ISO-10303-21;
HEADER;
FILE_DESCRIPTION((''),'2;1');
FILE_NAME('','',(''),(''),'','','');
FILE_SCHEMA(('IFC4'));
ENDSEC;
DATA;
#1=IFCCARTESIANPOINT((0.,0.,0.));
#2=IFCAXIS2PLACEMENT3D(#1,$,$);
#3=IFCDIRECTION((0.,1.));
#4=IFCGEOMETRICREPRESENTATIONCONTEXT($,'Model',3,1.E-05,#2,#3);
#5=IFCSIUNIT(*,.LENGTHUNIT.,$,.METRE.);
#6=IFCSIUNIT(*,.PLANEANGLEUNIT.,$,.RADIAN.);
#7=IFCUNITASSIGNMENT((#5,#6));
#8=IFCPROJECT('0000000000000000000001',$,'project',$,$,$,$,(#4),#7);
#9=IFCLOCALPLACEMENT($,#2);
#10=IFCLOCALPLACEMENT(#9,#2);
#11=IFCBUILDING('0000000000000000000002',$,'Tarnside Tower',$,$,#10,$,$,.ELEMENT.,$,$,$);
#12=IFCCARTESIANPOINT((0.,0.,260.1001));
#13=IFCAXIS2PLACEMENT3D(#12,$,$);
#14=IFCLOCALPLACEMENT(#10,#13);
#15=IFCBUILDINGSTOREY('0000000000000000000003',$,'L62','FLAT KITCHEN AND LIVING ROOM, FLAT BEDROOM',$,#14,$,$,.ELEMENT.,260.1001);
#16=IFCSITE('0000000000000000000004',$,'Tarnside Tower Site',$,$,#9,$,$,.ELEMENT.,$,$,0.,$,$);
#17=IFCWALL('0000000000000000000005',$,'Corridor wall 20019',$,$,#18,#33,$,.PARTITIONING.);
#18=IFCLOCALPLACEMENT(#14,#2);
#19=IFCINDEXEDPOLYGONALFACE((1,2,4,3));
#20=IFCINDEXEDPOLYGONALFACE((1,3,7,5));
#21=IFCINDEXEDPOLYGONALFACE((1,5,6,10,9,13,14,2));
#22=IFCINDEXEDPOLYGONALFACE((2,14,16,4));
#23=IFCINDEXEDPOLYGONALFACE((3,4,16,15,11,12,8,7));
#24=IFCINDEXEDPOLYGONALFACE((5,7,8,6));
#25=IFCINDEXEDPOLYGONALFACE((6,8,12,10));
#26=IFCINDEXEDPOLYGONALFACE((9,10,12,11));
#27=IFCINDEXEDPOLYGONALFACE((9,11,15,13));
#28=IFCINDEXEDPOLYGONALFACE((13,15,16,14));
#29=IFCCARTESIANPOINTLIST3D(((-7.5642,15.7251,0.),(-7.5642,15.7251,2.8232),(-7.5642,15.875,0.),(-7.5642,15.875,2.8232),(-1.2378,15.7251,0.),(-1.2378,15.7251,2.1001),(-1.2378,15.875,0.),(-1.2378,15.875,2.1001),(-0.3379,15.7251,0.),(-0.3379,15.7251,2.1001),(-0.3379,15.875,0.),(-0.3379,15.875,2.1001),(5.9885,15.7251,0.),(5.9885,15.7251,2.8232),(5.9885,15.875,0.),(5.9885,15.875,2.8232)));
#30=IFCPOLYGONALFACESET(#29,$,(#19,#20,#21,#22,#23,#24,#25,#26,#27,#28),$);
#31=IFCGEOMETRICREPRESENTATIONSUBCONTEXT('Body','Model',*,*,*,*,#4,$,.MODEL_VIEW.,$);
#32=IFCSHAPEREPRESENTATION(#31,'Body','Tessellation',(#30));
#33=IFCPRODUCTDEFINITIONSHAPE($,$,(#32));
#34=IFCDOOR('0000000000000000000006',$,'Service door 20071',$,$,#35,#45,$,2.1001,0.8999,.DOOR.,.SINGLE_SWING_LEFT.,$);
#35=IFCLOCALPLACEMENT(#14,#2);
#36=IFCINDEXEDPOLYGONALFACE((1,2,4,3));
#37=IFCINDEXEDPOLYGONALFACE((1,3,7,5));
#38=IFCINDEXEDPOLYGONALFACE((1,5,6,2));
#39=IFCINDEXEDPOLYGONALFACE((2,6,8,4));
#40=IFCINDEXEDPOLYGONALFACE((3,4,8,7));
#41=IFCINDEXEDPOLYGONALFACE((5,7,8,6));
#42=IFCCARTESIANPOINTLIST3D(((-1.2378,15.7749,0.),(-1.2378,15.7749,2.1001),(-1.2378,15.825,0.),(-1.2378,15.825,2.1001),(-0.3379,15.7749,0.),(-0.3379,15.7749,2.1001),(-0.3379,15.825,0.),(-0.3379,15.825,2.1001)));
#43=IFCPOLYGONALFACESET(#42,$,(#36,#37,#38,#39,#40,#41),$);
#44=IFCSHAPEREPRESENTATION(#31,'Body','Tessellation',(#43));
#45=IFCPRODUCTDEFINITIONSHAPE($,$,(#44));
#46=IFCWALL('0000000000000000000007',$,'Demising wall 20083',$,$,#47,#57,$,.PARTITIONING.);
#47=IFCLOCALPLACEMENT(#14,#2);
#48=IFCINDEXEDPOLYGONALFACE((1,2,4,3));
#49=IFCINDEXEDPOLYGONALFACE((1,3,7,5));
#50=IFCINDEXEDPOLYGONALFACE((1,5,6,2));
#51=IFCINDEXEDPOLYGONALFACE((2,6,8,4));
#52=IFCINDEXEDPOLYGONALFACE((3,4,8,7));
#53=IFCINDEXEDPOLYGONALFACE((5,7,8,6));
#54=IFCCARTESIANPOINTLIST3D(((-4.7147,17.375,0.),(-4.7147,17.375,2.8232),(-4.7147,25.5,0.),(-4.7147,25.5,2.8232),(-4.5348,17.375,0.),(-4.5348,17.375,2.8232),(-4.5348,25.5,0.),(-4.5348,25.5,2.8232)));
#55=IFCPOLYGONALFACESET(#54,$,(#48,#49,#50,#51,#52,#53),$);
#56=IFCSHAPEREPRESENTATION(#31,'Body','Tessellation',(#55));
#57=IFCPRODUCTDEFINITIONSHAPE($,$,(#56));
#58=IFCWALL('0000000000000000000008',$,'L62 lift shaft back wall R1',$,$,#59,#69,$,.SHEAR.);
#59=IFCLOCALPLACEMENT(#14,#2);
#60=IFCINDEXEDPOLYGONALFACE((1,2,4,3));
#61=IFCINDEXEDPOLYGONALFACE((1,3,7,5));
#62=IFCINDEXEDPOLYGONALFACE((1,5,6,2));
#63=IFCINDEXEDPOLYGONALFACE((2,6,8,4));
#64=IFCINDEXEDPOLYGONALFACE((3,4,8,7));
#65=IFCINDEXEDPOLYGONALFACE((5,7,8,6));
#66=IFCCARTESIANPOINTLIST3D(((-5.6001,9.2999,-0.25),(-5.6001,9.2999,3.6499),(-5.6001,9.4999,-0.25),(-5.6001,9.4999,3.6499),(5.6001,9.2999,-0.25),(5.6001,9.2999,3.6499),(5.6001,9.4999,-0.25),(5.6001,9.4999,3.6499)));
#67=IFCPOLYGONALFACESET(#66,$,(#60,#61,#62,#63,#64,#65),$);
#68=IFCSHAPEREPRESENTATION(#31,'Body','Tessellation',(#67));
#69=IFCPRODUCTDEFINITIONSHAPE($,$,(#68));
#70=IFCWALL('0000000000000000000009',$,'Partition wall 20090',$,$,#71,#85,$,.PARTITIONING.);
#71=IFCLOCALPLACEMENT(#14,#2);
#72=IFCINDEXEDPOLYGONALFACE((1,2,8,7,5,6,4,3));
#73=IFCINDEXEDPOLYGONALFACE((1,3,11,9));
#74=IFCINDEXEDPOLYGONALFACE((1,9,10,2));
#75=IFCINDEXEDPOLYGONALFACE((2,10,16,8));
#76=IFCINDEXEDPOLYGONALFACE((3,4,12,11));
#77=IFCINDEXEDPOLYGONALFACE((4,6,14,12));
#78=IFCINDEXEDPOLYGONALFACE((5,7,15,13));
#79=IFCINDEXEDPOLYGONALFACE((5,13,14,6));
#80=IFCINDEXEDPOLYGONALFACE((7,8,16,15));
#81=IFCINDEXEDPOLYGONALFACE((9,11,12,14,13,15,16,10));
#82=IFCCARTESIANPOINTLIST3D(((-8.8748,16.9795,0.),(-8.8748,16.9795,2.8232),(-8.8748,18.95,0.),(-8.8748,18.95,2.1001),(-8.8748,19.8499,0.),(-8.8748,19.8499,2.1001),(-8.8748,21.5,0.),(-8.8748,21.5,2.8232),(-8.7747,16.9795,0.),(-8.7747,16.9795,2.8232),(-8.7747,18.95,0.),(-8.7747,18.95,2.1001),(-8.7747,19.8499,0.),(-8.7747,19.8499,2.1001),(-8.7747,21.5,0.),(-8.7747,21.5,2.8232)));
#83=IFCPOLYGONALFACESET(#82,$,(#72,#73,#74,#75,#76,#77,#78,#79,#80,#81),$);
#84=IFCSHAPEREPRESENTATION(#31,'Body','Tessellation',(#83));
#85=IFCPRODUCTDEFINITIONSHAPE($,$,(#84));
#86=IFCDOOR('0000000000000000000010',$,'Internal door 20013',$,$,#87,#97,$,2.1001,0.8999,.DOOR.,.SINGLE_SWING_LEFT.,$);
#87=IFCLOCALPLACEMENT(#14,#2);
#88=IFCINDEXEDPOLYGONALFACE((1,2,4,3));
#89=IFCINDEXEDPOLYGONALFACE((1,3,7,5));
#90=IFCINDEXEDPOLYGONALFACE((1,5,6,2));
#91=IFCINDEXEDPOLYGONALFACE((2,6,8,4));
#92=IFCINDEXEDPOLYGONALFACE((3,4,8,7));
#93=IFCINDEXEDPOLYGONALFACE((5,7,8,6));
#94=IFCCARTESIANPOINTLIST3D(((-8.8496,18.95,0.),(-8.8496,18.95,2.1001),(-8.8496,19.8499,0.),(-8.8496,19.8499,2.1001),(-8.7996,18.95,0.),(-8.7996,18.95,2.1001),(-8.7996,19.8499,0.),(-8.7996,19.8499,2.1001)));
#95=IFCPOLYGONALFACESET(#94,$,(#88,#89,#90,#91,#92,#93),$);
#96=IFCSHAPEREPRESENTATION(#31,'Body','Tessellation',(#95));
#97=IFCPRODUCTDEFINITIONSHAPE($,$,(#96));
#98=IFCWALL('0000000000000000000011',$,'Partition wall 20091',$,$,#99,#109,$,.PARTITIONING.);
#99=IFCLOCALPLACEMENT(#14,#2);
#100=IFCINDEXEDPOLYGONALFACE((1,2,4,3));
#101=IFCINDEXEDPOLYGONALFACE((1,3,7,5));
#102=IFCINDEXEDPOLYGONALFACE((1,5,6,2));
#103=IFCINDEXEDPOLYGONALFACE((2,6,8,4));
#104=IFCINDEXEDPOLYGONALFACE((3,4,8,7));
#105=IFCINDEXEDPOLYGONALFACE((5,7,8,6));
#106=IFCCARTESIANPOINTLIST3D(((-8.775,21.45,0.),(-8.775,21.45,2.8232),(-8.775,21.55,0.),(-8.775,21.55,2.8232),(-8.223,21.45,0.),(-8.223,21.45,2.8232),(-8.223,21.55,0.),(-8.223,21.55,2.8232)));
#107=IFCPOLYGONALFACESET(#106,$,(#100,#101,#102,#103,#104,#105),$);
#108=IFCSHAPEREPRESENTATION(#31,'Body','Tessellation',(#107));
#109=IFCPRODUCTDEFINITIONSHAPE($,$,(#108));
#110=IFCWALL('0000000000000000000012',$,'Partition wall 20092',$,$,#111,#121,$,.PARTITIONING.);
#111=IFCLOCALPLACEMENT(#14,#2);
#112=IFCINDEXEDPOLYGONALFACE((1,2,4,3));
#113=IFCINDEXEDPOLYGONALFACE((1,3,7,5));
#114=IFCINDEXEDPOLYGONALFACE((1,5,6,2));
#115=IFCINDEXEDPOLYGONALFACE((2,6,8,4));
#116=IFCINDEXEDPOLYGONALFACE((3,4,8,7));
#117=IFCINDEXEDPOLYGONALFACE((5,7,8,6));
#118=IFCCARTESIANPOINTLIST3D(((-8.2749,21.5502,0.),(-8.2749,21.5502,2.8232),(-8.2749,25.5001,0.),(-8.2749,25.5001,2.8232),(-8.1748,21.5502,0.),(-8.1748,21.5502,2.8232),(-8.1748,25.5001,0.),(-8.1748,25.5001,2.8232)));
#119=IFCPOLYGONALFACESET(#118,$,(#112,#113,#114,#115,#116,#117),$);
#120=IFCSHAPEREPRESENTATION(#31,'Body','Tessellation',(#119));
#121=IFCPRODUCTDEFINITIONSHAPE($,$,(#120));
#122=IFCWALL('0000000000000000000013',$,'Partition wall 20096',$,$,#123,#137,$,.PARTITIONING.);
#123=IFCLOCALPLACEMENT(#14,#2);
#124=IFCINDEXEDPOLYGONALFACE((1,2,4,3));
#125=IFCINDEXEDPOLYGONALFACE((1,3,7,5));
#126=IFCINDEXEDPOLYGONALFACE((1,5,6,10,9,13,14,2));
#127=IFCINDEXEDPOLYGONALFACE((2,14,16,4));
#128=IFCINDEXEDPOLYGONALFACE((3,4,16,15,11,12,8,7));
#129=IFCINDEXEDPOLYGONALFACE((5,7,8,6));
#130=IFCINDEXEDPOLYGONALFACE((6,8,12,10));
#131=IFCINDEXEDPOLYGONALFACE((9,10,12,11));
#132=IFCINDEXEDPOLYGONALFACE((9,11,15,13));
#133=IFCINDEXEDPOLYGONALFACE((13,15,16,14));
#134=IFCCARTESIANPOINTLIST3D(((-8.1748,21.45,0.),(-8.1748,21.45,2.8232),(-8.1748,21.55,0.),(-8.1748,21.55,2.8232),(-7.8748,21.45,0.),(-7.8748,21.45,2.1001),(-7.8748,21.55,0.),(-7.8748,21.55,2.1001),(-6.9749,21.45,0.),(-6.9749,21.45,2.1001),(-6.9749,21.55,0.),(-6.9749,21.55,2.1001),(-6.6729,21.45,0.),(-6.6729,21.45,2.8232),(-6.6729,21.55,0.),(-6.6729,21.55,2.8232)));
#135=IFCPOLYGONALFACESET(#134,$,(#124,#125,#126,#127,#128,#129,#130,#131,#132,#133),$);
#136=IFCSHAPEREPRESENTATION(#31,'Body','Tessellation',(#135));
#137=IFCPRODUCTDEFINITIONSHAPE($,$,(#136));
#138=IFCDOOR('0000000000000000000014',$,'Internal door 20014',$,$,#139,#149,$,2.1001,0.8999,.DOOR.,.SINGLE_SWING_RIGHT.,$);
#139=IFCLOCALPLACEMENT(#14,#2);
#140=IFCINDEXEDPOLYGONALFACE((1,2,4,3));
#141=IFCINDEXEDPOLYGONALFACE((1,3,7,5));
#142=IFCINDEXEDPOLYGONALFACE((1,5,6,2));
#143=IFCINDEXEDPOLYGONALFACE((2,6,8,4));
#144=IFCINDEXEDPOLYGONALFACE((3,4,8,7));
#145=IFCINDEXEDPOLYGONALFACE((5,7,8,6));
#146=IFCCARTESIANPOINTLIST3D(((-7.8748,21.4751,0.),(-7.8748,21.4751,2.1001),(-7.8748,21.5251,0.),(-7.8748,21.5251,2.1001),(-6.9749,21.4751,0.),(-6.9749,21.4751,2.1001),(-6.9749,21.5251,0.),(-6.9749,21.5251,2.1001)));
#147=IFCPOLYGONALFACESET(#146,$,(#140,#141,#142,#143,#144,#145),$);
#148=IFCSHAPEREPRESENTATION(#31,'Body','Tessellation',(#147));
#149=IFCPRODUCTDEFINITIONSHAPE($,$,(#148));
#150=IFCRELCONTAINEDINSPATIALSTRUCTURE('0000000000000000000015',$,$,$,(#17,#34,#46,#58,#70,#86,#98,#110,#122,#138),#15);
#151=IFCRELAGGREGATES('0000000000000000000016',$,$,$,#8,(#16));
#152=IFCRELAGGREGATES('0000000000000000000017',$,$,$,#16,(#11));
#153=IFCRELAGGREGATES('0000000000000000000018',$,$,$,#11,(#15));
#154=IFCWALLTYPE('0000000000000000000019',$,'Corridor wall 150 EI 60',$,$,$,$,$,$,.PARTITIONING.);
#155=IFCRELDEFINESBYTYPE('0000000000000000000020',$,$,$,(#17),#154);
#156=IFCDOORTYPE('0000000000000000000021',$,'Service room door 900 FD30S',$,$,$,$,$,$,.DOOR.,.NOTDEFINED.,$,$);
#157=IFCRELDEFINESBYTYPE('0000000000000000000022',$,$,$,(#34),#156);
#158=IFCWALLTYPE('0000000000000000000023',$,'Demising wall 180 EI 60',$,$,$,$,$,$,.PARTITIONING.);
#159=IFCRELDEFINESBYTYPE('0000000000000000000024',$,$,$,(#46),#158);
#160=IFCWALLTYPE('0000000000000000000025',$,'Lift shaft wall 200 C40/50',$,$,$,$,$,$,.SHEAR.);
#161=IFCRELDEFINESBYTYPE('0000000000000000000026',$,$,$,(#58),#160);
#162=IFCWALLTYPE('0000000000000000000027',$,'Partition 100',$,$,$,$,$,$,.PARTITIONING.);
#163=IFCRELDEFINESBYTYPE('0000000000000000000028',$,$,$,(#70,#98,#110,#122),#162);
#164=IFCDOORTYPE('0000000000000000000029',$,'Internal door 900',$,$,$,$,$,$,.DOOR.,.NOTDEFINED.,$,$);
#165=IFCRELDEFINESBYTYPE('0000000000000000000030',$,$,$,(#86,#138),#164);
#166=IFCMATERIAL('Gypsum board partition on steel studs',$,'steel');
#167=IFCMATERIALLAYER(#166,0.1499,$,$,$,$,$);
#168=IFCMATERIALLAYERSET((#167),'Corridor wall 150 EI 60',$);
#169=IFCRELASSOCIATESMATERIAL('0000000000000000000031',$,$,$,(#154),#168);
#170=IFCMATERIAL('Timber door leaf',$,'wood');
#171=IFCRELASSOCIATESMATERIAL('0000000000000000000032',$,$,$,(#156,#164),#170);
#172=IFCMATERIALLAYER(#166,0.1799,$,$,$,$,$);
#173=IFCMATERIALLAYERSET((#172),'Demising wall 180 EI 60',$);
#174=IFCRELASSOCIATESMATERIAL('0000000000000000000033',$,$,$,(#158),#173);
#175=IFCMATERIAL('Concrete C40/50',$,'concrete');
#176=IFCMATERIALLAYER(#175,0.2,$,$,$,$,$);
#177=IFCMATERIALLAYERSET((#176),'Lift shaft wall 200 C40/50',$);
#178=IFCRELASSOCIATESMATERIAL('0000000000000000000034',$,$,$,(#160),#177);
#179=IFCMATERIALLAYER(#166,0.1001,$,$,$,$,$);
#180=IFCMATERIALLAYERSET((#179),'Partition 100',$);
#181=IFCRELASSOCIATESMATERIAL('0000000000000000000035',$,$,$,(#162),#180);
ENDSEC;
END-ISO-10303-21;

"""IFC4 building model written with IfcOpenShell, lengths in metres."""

from ifc_helpers import new_model, si_unit, direction, frame, frame_2d, origin, place, context, subcontext, project, spatial, rectangle, extrude, material, layer, layer_set, type_object, element, fill, save


model = new_model("IFC4")

# Units and contexts
model_context = context("Model", 3, precision=1e-05, world=origin(), true_north=direction((0.0, 1.0)))
body_context = subcontext(model_context, "Body", "Model", "MODEL_VIEW")
ifc_project = project(units=[si_unit("LENGTHUNIT", "METRE"), si_unit("PLANEANGLEUNIT", "RADIAN")], contexts=[model_context])

# Site, building, storey
site_placement = place(None, origin())
site = spatial("IfcSite", under=ifc_project, at=site_placement, Name="Tarnside Tower Site", CompositionType="ELEMENT", RefElevation=0.0)
building_placement = place(site_placement, origin())
building = spatial("IfcBuilding", under=site, at=building_placement, Name="Tarnside Tower", CompositionType="ELEMENT")
storey_placement = place(building_placement, frame((0.0, 0.0, 260.1001)))
storey = spatial("IfcBuildingStorey", under=building, at=storey_placement, Name="L62", Description="FLAT KITCHEN AND LIVING ROOM, FLAT BEDROOM", CompositionType="ELEMENT", Elevation=260.1001)

# Shared definitions
ifc_material_1 = material(Name="Gypsum board partition on steel studs", Category="steel")
ifc_material_2 = material(Name="Timber door leaf", Category="wood")

# Shared definitions
ifc_layer_1 = layer(ifc_material_1, 0.1499)
ifc_layer_set_1 = layer_set([ifc_layer_1], Name="Corridor wall 150 EI 60")
wall_type_1 = type_object("IfcWallType", Name="Corridor wall 150 EI 60", PredefinedType="PARTITIONING", material=ifc_layer_set_1)

# Wall, opening, door
wall_1_placement = place(storey_placement, frame((-7.5642, 15.8, 0.0), z_axis=(0.0, 0.0, 1.0), x_axis=(1.0, 0.0, 0.0)))
wall_1 = element("IfcWall", 1, at=wall_1_placement, inside=storey, type_object=wall_type_1, Name="Corridor wall 20019", PredefinedType="PARTITIONING", context=body_context, shape_type="SweptSolid", body=[
    extrude(rectangle(XDim=13.5527, YDim=0.1499, at=frame_2d((6.7764, 0.0))), origin(), (0.0, 0.0, 1.0), 2.8232),
])
opening_1_placement = place(wall_1_placement, frame((6.3264, 0.0, 0.0)))
opening_1 = element("IfcOpeningElement", 2, at=opening_1_placement, cuts=wall_1, PredefinedType="OPENING", context=body_context, shape_type="SweptSolid", body=[
    extrude(rectangle(XDim=0.8999, YDim=2.1001, at=frame_2d((0.45, 1.05))), frame((0.0, 0.085, 0.0), z_axis=(0.0, -1.0, 0.0), x_axis=(1.0, 0.0, 0.0)), (0.0, 0.0, 1.0), 0.1699),
])
door_type_1 = type_object("IfcDoorType", Name="Service room door 900 FD30S", OperationType="NOTDEFINED", PredefinedType="DOOR", material=ifc_material_2)
door_1_placement = place(opening_1_placement, origin())
door_1 = element("IfcDoor", 3, at=door_1_placement, inside=storey, type_object=door_type_1, Name="Service door 20071", OperationType="SINGLE_SWING_LEFT", OverallHeight=2.1001, OverallWidth=0.8999, PredefinedType="DOOR", context=body_context, shape_type="SweptSolid", body=[
    extrude(rectangle(XDim=0.8999, YDim=2.1001, at=frame_2d((0.45, 1.05))), frame((0.0, 0.0249, 0.0), z_axis=(0.0, -1.0, 0.0), x_axis=(1.0, 0.0, 0.0)), (0.0, 0.0, 1.0), 0.05),
])
fill(opening_1, door_1)

# Walls
ifc_layer_2 = layer(ifc_material_1, 0.1799)
ifc_layer_set_2 = layer_set([ifc_layer_2], Name="Demising wall 180 EI 60")
wall_type_2 = type_object("IfcWallType", Name="Demising wall 180 EI 60", PredefinedType="PARTITIONING", material=ifc_layer_set_2)
wall_2_placement = place(storey_placement, frame((-4.6248, 25.5, 0.0), z_axis=(0.0, 0.0, 1.0), x_axis=(0.0, -1.0, 0.0)))
element("IfcWall", 4, at=wall_2_placement, inside=storey, type_object=wall_type_2, Name="Demising wall 20083", PredefinedType="PARTITIONING", context=body_context, shape_type="SweptSolid", body=[
    extrude(rectangle(XDim=8.125, YDim=0.1799, at=frame_2d((4.0625, 0.0))), origin(), (0.0, 0.0, 1.0), 2.8232),
])
ifc_material_3 = material(Name="Concrete C40/50", Category="concrete")
ifc_layer_3 = layer(ifc_material_3, 0.2)
ifc_layer_set_3 = layer_set([ifc_layer_3], Name="Lift shaft wall 200 C40/50")
wall_type_3 = type_object("IfcWallType", Name="Lift shaft wall 200 C40/50", PredefinedType="SHEAR", material=ifc_layer_set_3)
wall_3_placement = place(storey_placement, frame((-5.6001, 9.3999, -0.25), z_axis=(0.0, 0.0, 1.0), x_axis=(1.0, 0.0, 0.0)))
element("IfcWall", 5, at=wall_3_placement, inside=storey, type_object=wall_type_3, Name="L62 lift shaft back wall R1", PredefinedType="SHEAR", context=body_context, shape_type="SweptSolid", body=[
    extrude(rectangle(XDim=11.2002, YDim=0.2, at=frame_2d((5.6001, 0.0))), origin(), (0.0, 0.0, 1.0), 3.8999),
])

# Wall, opening, door
ifc_layer_4 = layer(ifc_material_1, 0.1001)
ifc_layer_set_4 = layer_set([ifc_layer_4], Name="Partition 100")
wall_type_4 = type_object("IfcWallType", Name="Partition 100", PredefinedType="PARTITIONING", material=ifc_layer_set_4)
wall_4_placement = place(storey_placement, frame((-8.8247, 16.9795, 0.0), z_axis=(0.0, 0.0, 1.0), x_axis=(0.0, 1.0, 0.0)))
wall_4 = element("IfcWall", 6, at=wall_4_placement, inside=storey, type_object=wall_type_4, Name="Partition wall 20090", PredefinedType="PARTITIONING", context=body_context, shape_type="SweptSolid", body=[
    extrude(rectangle(XDim=4.5205, YDim=0.1001, at=frame_2d((2.2603, 0.0))), origin(), (0.0, 0.0, 1.0), 2.8232),
])
opening_2_placement = place(wall_4_placement, frame((1.9705, 0.0, 0.0)))
opening_2 = element("IfcOpeningElement", 7, at=opening_2_placement, cuts=wall_4, PredefinedType="OPENING", context=body_context, shape_type="SweptSolid", body=[
    extrude(rectangle(XDim=0.8999, YDim=2.1001, at=frame_2d((0.45, 1.05))), frame((0.0, 0.0601, 0.0), z_axis=(0.0, -1.0, 0.0), x_axis=(1.0, 0.0, 0.0)), (0.0, 0.0, 1.0), 0.1201),
])
door_type_2 = type_object("IfcDoorType", Name="Internal door 900", OperationType="NOTDEFINED", PredefinedType="DOOR", material=ifc_material_2)
door_2_placement = place(opening_2_placement, origin())
door_2 = element("IfcDoor", 8, at=door_2_placement, inside=storey, type_object=door_type_2, Name="Internal door 20013", OperationType="SINGLE_SWING_LEFT", OverallHeight=2.1001, OverallWidth=0.8999, PredefinedType="DOOR", context=body_context, shape_type="SweptSolid", body=[
    extrude(rectangle(XDim=0.8999, YDim=2.1001, at=frame_2d((0.45, 1.05))), frame((0.0, 0.0249, 0.0), z_axis=(0.0, -1.0, 0.0), x_axis=(1.0, 0.0, 0.0)), (0.0, 0.0, 1.0), 0.05),
])
fill(opening_2, door_2)

# Walls
wall_5_placement = place(storey_placement, frame((-8.7749, 21.5, 0.0), z_axis=(0.0, 0.0, 1.0), x_axis=(1.0, 0.0, 0.0)))
element("IfcWall", 9, at=wall_5_placement, inside=storey, type_object=wall_type_4, Name="Partition wall 20091", PredefinedType="PARTITIONING", context=body_context, shape_type="SweptSolid", body=[
    extrude(rectangle(XDim=0.552, YDim=0.1001, at=frame_2d((0.2759, 0.0))), origin(), (0.0, 0.0, 1.0), 2.8232),
])
wall_6_placement = place(storey_placement, frame((-8.2249, 21.55, 0.0), z_axis=(0.0, 0.0, 1.0), x_axis=(0.0, 1.0, 0.0)))
element("IfcWall", 10, at=wall_6_placement, inside=storey, type_object=wall_type_4, Name="Partition wall 20092", PredefinedType="PARTITIONING", context=body_context, shape_type="SweptSolid", body=[
    extrude(rectangle(XDim=3.95, YDim=0.1001, at=frame_2d((1.9751, 0.0))), origin(), (0.0, 0.0, 1.0), 2.8232),
])

# Wall, opening, door
wall_7_placement = place(storey_placement, frame((-6.6729, 21.5, 0.0), z_axis=(0.0, 0.0, 1.0), x_axis=(-1.0, 0.0, 0.0)))
wall_7 = element("IfcWall", 11, at=wall_7_placement, inside=storey, type_object=wall_type_4, Name="Partition wall 20096", PredefinedType="PARTITIONING", context=body_context, shape_type="SweptSolid", body=[
    extrude(rectangle(XDim=1.502, YDim=0.1001, at=frame_2d((0.751, 0.0))), origin(), (0.0, 0.0, 1.0), 2.8232),
])
opening_3_placement = place(wall_7_placement, frame((0.302, 0.0, 0.0)))
opening_3 = element("IfcOpeningElement", 12, at=opening_3_placement, cuts=wall_7, PredefinedType="OPENING", context=body_context, shape_type="SweptSolid", body=[
    extrude(rectangle(XDim=0.8999, YDim=2.1001, at=frame_2d((0.45, 1.05))), frame((0.0, 0.0601, 0.0), z_axis=(0.0, -1.0, 0.0), x_axis=(1.0, 0.0, 0.0)), (0.0, 0.0, 1.0), 0.1201),
])
door_3_placement = place(opening_3_placement, origin())
door_3 = element("IfcDoor", 13, at=door_3_placement, inside=storey, type_object=door_type_2, Name="Internal door 20014", OperationType="SINGLE_SWING_RIGHT", OverallHeight=2.1001, OverallWidth=0.8999, PredefinedType="DOOR", context=body_context, shape_type="SweptSolid", body=[
    extrude(rectangle(XDim=0.8999, YDim=2.1001, at=frame_2d((0.45, 1.05))), frame((0.0, 0.0249, 0.0), z_axis=(0.0, -1.0, 0.0), x_axis=(1.0, 0.0, 0.0)), (0.0, 0.0, 1.0), 0.05),
])
fill(opening_3, door_3)

save(model, "model.ifc")
